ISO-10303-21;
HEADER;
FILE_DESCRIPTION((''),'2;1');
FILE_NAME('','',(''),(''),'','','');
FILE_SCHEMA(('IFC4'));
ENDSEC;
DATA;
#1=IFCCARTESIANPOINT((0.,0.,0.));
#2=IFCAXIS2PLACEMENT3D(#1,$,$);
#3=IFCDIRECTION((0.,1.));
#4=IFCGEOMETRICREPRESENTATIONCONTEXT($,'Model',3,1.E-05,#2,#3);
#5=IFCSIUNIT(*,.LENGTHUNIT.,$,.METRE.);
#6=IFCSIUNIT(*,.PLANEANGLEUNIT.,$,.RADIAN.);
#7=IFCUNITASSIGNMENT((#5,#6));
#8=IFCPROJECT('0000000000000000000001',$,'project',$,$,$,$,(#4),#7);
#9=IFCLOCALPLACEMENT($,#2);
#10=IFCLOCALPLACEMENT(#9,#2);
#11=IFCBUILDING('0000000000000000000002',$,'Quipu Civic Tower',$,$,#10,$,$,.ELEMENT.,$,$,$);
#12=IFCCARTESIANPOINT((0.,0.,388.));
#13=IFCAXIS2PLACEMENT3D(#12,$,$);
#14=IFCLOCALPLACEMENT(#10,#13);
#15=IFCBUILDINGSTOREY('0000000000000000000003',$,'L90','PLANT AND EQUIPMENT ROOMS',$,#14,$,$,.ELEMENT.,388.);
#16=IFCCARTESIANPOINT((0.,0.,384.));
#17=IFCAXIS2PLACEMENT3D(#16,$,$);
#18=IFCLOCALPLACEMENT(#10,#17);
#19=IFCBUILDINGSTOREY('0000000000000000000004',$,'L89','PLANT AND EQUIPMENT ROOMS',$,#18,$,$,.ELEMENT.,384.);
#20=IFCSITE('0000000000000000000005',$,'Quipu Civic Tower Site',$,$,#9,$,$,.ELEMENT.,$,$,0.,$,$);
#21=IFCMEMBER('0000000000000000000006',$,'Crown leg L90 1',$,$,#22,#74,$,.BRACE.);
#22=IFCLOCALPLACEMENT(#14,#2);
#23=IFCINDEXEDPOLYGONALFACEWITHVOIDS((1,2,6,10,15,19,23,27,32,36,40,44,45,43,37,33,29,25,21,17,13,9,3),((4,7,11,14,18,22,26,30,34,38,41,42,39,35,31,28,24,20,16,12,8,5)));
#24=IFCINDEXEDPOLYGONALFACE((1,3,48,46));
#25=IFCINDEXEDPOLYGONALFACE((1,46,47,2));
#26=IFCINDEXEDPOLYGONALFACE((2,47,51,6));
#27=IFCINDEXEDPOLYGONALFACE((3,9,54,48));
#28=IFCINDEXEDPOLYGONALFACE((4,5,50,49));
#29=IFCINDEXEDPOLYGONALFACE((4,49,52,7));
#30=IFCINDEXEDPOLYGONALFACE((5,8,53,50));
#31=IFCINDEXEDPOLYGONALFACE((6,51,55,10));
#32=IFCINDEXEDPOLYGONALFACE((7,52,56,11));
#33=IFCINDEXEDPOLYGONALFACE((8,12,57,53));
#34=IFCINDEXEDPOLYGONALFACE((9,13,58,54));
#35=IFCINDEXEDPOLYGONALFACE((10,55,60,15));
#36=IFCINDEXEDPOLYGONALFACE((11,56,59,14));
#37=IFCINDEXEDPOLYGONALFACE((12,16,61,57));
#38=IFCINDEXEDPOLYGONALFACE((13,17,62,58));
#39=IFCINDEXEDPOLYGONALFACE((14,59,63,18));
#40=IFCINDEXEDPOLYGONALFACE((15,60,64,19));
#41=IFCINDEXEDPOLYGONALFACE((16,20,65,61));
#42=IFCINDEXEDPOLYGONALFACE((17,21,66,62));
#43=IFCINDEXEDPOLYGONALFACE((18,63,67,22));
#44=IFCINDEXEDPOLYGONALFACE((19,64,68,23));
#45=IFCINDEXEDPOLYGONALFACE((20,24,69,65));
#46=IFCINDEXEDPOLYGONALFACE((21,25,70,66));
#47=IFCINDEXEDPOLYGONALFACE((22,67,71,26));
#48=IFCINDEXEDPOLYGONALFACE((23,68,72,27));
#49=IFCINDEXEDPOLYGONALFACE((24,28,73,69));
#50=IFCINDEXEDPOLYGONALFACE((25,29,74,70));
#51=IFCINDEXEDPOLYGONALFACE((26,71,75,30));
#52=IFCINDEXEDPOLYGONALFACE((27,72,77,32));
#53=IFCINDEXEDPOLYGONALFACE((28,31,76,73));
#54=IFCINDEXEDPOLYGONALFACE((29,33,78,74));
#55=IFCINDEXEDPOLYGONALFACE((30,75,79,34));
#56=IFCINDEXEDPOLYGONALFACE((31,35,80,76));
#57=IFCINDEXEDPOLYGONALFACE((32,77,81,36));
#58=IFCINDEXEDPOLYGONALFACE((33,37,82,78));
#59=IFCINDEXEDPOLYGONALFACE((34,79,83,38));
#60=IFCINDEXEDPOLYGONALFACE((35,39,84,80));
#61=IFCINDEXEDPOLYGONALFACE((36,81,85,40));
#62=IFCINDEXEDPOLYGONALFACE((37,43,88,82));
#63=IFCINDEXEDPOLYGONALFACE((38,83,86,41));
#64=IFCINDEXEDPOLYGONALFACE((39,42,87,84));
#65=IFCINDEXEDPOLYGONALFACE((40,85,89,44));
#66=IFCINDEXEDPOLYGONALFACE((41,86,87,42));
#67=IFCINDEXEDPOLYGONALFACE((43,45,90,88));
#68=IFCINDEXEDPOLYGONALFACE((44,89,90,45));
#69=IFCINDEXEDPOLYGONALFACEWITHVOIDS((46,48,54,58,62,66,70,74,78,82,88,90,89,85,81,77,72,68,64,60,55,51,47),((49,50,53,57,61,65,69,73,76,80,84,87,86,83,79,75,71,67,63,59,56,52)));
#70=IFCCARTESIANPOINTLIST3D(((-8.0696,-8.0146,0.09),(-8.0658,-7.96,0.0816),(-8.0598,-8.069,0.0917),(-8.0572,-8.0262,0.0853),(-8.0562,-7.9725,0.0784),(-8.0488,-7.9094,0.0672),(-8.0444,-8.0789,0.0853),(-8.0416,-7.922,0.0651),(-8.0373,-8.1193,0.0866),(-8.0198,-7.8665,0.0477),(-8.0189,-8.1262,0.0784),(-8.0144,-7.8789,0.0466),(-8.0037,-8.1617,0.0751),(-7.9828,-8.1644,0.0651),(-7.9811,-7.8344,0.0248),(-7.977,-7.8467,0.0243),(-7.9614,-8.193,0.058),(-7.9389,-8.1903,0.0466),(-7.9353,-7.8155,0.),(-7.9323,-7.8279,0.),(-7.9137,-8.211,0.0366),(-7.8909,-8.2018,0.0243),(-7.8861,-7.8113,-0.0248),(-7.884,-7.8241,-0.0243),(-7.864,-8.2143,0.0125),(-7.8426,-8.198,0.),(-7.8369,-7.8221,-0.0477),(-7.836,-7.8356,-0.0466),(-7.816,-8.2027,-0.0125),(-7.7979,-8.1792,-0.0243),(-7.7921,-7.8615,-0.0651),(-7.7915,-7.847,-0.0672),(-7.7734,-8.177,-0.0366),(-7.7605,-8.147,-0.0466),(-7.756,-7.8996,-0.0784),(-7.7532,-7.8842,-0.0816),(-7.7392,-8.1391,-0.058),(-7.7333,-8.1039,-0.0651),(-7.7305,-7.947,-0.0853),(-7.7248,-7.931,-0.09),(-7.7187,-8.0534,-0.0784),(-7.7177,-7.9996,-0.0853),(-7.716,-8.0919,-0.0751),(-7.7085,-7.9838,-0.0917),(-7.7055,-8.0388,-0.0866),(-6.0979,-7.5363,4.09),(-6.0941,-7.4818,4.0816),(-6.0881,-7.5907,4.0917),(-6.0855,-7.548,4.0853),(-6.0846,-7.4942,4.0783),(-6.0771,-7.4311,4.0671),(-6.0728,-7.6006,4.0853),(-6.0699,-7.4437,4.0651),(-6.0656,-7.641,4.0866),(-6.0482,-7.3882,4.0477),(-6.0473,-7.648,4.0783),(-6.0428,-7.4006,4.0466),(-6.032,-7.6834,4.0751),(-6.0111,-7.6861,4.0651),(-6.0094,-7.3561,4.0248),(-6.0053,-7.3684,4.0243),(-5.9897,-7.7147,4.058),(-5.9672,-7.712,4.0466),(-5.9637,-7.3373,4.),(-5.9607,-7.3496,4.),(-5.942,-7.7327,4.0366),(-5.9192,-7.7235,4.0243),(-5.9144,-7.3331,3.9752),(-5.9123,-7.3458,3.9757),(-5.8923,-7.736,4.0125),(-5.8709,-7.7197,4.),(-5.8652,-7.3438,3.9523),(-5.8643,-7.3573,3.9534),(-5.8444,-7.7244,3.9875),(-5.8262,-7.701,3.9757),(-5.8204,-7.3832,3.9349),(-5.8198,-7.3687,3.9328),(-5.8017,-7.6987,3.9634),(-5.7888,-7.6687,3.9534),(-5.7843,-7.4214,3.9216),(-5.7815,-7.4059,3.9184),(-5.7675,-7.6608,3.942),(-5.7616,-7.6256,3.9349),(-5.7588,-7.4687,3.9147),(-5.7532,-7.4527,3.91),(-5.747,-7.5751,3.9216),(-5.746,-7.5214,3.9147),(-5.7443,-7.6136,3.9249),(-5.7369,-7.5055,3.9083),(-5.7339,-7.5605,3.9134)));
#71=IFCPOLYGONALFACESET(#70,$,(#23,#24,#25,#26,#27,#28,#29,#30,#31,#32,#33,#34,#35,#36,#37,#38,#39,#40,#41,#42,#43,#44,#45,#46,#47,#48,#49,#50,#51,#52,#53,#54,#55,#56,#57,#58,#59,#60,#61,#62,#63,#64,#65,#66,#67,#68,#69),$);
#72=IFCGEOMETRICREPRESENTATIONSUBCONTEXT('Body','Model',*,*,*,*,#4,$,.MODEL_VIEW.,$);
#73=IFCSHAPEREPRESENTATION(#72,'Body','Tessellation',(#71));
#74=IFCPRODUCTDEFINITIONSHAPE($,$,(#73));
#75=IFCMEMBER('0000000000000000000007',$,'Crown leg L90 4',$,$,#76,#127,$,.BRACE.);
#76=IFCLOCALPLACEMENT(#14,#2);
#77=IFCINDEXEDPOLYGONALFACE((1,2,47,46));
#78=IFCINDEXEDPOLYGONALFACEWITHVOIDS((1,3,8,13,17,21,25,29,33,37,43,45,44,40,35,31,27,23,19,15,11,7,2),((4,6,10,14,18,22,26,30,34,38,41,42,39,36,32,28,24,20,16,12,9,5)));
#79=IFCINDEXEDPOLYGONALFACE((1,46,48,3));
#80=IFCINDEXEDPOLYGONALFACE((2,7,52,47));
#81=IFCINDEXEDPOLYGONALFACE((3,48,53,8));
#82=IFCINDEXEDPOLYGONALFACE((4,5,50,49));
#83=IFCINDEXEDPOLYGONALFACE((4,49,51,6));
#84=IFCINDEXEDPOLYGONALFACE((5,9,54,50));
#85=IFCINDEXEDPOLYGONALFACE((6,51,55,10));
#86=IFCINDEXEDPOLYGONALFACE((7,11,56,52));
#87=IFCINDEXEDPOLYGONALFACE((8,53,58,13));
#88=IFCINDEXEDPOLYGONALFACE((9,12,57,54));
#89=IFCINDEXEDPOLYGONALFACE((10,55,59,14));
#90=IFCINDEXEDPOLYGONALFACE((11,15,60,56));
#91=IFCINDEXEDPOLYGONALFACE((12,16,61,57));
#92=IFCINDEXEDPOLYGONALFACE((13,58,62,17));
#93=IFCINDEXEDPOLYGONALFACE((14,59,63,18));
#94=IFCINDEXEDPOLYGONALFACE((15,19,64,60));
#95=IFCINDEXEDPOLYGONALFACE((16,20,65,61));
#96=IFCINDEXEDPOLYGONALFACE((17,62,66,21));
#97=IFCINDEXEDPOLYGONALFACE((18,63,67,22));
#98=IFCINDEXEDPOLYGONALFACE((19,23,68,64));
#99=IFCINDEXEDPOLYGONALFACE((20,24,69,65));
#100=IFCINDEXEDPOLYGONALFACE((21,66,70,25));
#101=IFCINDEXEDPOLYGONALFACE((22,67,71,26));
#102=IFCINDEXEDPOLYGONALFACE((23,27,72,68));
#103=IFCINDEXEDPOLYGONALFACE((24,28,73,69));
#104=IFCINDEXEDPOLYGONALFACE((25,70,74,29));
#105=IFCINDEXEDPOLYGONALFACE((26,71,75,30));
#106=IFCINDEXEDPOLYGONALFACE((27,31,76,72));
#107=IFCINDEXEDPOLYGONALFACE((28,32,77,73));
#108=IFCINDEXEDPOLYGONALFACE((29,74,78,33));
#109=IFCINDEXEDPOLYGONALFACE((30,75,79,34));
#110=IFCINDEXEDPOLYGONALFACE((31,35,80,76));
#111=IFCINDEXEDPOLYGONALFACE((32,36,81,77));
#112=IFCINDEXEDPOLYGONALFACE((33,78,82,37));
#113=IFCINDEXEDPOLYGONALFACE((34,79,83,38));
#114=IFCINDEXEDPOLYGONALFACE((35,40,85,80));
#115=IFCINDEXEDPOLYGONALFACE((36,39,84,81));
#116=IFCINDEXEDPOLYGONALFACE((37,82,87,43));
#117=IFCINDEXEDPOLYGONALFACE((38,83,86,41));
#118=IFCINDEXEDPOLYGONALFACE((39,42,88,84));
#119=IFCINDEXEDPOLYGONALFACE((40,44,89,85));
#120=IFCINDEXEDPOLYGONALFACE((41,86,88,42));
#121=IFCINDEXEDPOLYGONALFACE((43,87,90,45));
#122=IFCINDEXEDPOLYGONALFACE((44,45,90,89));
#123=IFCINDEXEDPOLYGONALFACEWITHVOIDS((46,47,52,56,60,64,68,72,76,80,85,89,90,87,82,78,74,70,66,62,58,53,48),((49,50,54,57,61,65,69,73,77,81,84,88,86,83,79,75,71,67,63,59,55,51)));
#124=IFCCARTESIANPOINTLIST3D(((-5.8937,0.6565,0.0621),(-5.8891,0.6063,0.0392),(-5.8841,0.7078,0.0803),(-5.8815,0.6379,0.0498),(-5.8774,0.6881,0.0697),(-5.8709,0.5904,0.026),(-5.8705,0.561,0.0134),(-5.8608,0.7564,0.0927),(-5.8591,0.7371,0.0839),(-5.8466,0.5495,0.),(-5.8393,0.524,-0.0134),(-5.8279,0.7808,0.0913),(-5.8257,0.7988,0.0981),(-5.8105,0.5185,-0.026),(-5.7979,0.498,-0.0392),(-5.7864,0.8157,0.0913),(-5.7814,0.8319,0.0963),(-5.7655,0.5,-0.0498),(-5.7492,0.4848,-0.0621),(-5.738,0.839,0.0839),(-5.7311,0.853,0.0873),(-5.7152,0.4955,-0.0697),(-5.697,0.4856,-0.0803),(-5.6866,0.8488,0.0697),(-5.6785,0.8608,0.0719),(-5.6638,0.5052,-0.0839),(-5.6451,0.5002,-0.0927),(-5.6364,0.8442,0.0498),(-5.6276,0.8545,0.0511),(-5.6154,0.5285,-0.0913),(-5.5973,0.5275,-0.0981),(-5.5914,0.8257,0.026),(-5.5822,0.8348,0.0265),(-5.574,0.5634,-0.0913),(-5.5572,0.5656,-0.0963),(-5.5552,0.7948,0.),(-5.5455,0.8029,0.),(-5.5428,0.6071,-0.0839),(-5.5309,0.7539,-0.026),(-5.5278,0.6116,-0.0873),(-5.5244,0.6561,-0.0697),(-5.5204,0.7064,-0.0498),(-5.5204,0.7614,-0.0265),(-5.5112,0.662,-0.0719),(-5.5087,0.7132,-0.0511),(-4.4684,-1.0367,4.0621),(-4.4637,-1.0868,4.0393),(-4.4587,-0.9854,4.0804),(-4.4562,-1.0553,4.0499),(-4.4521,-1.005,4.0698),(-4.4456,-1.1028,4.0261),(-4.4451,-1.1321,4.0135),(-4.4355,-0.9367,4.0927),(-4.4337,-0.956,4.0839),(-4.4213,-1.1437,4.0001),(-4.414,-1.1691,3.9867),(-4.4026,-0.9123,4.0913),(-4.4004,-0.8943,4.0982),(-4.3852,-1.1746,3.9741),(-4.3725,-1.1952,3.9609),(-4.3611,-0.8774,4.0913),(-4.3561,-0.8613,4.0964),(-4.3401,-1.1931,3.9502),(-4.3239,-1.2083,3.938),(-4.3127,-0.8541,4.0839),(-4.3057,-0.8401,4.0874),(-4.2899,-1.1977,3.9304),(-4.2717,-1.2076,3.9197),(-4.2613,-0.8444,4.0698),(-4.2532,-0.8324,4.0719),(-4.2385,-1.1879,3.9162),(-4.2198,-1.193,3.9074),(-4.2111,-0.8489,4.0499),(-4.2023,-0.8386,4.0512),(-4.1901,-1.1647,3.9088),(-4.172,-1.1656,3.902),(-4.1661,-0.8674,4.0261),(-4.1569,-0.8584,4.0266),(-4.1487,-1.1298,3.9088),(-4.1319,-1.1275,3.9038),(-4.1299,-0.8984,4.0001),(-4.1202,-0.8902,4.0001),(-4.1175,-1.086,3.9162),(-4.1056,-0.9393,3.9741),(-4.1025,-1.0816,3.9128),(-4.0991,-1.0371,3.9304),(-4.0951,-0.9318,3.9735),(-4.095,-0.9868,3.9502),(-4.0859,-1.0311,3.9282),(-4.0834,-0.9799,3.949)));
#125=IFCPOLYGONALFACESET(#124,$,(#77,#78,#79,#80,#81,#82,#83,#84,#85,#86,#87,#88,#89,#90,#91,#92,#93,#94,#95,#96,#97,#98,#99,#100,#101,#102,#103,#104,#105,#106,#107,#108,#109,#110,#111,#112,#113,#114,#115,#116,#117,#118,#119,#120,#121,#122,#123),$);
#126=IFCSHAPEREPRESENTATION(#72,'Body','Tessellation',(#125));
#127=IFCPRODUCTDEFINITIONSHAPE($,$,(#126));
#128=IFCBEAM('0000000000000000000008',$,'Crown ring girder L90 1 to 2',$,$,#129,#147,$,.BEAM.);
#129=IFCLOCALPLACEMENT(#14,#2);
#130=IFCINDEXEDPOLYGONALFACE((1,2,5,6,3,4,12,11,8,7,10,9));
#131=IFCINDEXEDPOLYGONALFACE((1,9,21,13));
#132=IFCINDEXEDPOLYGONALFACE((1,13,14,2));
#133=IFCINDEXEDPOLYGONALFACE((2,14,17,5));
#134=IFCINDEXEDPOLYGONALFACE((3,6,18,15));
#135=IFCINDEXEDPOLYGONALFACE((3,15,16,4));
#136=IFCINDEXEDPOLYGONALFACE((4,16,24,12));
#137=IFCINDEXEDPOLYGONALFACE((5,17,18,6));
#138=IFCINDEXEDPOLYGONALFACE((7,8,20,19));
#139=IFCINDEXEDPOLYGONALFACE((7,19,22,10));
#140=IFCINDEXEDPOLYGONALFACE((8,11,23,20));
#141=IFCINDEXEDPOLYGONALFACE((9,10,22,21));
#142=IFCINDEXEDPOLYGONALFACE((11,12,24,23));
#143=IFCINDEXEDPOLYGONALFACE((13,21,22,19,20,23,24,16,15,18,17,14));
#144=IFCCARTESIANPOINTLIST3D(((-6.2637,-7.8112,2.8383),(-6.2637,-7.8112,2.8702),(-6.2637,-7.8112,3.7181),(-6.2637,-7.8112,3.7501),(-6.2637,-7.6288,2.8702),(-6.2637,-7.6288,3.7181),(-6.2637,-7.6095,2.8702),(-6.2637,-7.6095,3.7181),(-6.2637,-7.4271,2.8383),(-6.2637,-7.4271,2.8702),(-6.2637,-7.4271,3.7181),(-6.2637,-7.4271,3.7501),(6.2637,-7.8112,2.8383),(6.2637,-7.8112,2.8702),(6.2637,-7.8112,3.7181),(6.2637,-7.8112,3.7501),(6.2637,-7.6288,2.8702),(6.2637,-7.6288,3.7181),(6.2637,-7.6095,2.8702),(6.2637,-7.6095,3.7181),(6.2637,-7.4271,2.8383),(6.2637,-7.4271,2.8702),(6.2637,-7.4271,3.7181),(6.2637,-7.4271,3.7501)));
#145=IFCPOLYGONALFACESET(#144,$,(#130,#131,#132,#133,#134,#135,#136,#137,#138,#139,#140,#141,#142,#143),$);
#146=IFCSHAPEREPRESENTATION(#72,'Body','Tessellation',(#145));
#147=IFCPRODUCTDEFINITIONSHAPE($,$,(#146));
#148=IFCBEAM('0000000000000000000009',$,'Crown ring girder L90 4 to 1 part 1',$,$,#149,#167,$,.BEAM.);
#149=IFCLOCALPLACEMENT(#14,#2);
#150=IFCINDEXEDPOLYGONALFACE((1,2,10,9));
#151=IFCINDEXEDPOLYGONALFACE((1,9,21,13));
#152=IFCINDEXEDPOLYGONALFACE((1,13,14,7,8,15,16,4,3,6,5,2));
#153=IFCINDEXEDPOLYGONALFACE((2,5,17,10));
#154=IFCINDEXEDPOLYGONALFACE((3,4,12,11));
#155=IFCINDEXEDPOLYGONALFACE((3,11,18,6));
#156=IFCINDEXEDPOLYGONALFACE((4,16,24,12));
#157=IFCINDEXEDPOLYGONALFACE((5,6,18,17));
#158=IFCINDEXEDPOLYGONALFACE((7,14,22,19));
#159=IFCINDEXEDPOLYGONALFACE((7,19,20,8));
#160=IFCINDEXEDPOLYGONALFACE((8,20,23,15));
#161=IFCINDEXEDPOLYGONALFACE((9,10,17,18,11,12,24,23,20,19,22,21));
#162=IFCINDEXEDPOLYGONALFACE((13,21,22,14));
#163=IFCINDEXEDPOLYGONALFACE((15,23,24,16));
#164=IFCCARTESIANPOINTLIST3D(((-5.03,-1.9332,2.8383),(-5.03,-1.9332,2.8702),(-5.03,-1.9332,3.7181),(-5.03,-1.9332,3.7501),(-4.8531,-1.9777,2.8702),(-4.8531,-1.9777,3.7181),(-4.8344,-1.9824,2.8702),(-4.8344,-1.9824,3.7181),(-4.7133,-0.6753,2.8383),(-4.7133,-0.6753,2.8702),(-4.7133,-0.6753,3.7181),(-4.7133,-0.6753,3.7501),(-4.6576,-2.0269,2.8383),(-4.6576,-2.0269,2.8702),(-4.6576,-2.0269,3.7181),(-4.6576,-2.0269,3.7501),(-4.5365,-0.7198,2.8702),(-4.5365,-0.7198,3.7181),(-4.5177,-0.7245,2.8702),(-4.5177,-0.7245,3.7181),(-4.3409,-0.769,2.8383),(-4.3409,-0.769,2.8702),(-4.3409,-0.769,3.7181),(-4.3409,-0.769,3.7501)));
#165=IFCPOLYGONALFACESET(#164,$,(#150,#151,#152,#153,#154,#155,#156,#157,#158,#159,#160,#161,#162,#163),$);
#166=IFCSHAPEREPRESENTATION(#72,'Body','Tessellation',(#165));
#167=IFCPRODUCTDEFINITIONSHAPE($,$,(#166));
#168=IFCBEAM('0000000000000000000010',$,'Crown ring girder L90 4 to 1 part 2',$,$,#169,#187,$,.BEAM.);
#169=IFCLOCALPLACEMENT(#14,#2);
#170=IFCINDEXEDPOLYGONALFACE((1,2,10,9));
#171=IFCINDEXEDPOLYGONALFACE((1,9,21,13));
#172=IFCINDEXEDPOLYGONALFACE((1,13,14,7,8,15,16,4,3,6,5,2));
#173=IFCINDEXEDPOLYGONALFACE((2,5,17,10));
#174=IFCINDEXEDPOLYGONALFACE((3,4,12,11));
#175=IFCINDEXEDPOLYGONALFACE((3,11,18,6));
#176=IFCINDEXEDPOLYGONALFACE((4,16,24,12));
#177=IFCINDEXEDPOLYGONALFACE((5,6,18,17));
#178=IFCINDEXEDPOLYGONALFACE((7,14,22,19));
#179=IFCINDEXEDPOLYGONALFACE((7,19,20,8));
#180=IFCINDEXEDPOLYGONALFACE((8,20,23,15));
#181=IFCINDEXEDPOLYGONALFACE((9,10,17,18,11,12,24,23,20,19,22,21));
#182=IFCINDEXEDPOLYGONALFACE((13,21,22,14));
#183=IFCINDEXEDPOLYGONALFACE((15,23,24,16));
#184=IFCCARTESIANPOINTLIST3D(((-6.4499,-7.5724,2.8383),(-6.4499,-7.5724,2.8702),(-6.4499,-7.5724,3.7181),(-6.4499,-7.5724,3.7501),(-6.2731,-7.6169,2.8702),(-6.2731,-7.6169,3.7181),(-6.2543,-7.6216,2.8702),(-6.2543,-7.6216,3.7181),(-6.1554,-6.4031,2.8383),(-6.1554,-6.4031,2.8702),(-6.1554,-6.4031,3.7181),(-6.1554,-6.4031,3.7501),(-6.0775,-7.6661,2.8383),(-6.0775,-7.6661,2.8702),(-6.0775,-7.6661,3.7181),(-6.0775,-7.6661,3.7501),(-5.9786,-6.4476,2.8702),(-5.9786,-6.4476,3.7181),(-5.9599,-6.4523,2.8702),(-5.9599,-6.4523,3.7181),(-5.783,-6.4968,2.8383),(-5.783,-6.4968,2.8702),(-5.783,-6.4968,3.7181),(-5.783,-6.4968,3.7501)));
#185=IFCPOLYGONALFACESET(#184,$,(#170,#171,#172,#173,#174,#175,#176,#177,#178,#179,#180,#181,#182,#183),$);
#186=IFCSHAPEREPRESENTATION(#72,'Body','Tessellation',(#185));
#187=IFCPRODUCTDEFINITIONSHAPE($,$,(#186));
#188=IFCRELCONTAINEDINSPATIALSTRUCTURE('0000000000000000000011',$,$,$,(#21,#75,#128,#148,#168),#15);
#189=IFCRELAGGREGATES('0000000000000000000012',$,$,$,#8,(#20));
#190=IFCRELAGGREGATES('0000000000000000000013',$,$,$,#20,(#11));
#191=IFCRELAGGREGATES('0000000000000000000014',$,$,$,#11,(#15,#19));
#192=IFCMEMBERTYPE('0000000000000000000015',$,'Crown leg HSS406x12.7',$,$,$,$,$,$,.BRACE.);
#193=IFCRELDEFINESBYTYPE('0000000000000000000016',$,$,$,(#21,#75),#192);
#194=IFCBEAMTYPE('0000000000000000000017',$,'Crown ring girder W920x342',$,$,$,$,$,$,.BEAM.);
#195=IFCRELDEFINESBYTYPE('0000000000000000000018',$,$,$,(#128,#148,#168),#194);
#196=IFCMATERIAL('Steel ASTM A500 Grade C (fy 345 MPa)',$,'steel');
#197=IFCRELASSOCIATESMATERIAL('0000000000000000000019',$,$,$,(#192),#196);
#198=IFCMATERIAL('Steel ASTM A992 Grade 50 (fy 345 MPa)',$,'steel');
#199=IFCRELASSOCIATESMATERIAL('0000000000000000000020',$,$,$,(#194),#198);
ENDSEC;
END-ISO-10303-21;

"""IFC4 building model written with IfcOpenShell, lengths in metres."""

from ifc_helpers import new_model, si_unit, direction, frame, origin, origin_2d, place, context, subcontext, project, spatial, hollow_circle, i_section, extrude, material, material_profile, profile_set, type_object, element, save


model = new_model("IFC4")

# Units and contexts
model_context = context("Model", 3, precision=1e-05, world=origin(), true_north=direction((0.0, 1.0)))
body_context = subcontext(model_context, "Body", "Model", "MODEL_VIEW")
ifc_project = project(units=[si_unit("LENGTHUNIT", "METRE"), si_unit("PLANEANGLEUNIT", "RADIAN")], contexts=[model_context])

# Site, building, storey
site_placement = place(None, origin())
site = spatial("IfcSite", under=ifc_project, at=site_placement, Name="Quipu Civic Tower Site", CompositionType="ELEMENT", RefElevation=0.0)
building_placement = place(site_placement, origin())
building = spatial("IfcBuilding", under=site, at=building_placement, Name="Quipu Civic Tower", CompositionType="ELEMENT")
storey_1_placement = place(building_placement, frame((0.0, 0.0, 388.0)))
storey_1 = spatial("IfcBuildingStorey", under=building, at=storey_1_placement, Name="L90", Description="PLANT AND EQUIPMENT ROOMS", CompositionType="ELEMENT", Elevation=388.0)

# Members
ifc_material_1 = material(Name="Steel ASTM A500 Grade C (fy 345 MPa)", Category="steel")
ifc_material_profile_1 = material_profile(ifc_material_1, hollow_circle(Radius=0.2031, WallThickness=0.0127, at=origin_2d()), Name="HSS406x12.7")
ifc_profile_set_1 = profile_set([ifc_material_profile_1], Name="Steel ASTM A500 Grade C (fy 345 MPa)")
member_type_1 = type_object("IfcMemberType", Name="Crown leg HSS406x12.7", PredefinedType="BRACE", material=ifc_profile_set_1)
member_1_placement = place(storey_1_placement, frame((-7.8875, -8.0129, 0.0), z_axis=(0.439605, 0.106635, 0.891839), x_axis=(-0.235734, 0.971818, 0.0)))
element("IfcMember", 1, at=member_1_placement, inside=storey_1, type_object=member_type_1, Name="Crown leg L90 1", PredefinedType="BRACE", context=body_context, shape_type="SweptSolid", body=[
    extrude(hollow_circle(Radius=0.2031, WallThickness=0.0127, at=origin_2d()), origin(), (0.0, 0.0, 1.0), 4.4851),
])
member_2_placement = place(storey_1_placement, frame((-5.7009, 0.6721, 0.0), z_axis=(0.311782, -0.370368, 0.874997), x_axis=(0.76502, 0.644007, 0.0)))
element("IfcMember", 2, at=member_2_placement, inside=storey_1, type_object=member_type_1, Name="Crown leg L90 4", PredefinedType="BRACE", context=body_context, shape_type="SweptSolid", body=[
    extrude(hollow_circle(Radius=0.2031, WallThickness=0.0127, at=origin_2d()), origin(), (0.0, 0.0, 1.0), 4.5715),
])

# Beams
ifc_material_2 = material(Name="Steel ASTM A992 Grade 50 (fy 345 MPa)", Category="steel")
ifc_material_profile_2 = material_profile(ifc_material_2, i_section(OverallWidth=0.384, OverallDepth=0.9119, WebThickness=0.0193, FlangeThickness=0.032, at=origin_2d()), Name="W920x342")
ifc_profile_set_2 = profile_set([ifc_material_profile_2], Name="Steel ASTM A992 Grade 50 (fy 345 MPa)")
beam_type = type_object("IfcBeamType", Name="Crown ring girder W920x342", PredefinedType="BEAM", material=ifc_profile_set_2)
beam_1_placement = place(storey_1_placement, frame((-6.2637, -7.6191, 3.2942), z_axis=(1.0, 0.0, 0.0), x_axis=(0.0, 1.0, 0.0)))
element("IfcBeam", 3, at=beam_1_placement, inside=storey_1, type_object=beam_type, Name="Crown ring girder L90 1 to 2", PredefinedType="BEAM", context=body_context, shape_type="SweptSolid", body=[
    extrude(i_section(OverallWidth=0.384, OverallDepth=0.9119, WebThickness=0.0193, FlangeThickness=0.032, at=origin_2d()), origin(), (0.0, 0.0, 1.0), 12.5273),
])
beam_2_placement = place(storey_1_placement, frame((-4.5271, -0.7222, 3.2942), z_axis=(-0.24413, -0.969743, 0.0), x_axis=(0.969743, -0.24413, 0.0)))
element("IfcBeam", 4, at=beam_2_placement, inside=storey_1, type_object=beam_type, Name="Crown ring girder L90 4 to 1 part 1", PredefinedType="BEAM", context=body_context, shape_type="SweptSolid", body=[
    extrude(i_section(OverallWidth=0.384, OverallDepth=0.9119, WebThickness=0.0193, FlangeThickness=0.032, at=origin_2d()), origin(), (0.0, 0.0, 1.0), 1.2971),
])
beam_3_placement = place(storey_1_placement, frame((-5.9692, -6.45, 3.2942), z_axis=(-0.244203, -0.969724, 0.0), x_axis=(0.969724, -0.244203, 0.0)))
element("IfcBeam", 5, at=beam_3_placement, inside=storey_1, type_object=beam_type, Name="Crown ring girder L90 4 to 1 part 2", PredefinedType="BEAM", context=body_context, shape_type="SweptSolid", body=[
    extrude(i_section(OverallWidth=0.384, OverallDepth=0.9119, WebThickness=0.0193, FlangeThickness=0.032, at=origin_2d()), origin(), (0.0, 0.0, 1.0), 1.2058),
])

# Shared definitions
storey_2_placement = place(building_placement, frame((0.0, 0.0, 384.0)))
storey_2 = spatial("IfcBuildingStorey", under=building, at=storey_2_placement, Name="L89", Description="PLANT AND EQUIPMENT ROOMS", CompositionType="ELEMENT", Elevation=384.0)

save(model, "model.ifc")
